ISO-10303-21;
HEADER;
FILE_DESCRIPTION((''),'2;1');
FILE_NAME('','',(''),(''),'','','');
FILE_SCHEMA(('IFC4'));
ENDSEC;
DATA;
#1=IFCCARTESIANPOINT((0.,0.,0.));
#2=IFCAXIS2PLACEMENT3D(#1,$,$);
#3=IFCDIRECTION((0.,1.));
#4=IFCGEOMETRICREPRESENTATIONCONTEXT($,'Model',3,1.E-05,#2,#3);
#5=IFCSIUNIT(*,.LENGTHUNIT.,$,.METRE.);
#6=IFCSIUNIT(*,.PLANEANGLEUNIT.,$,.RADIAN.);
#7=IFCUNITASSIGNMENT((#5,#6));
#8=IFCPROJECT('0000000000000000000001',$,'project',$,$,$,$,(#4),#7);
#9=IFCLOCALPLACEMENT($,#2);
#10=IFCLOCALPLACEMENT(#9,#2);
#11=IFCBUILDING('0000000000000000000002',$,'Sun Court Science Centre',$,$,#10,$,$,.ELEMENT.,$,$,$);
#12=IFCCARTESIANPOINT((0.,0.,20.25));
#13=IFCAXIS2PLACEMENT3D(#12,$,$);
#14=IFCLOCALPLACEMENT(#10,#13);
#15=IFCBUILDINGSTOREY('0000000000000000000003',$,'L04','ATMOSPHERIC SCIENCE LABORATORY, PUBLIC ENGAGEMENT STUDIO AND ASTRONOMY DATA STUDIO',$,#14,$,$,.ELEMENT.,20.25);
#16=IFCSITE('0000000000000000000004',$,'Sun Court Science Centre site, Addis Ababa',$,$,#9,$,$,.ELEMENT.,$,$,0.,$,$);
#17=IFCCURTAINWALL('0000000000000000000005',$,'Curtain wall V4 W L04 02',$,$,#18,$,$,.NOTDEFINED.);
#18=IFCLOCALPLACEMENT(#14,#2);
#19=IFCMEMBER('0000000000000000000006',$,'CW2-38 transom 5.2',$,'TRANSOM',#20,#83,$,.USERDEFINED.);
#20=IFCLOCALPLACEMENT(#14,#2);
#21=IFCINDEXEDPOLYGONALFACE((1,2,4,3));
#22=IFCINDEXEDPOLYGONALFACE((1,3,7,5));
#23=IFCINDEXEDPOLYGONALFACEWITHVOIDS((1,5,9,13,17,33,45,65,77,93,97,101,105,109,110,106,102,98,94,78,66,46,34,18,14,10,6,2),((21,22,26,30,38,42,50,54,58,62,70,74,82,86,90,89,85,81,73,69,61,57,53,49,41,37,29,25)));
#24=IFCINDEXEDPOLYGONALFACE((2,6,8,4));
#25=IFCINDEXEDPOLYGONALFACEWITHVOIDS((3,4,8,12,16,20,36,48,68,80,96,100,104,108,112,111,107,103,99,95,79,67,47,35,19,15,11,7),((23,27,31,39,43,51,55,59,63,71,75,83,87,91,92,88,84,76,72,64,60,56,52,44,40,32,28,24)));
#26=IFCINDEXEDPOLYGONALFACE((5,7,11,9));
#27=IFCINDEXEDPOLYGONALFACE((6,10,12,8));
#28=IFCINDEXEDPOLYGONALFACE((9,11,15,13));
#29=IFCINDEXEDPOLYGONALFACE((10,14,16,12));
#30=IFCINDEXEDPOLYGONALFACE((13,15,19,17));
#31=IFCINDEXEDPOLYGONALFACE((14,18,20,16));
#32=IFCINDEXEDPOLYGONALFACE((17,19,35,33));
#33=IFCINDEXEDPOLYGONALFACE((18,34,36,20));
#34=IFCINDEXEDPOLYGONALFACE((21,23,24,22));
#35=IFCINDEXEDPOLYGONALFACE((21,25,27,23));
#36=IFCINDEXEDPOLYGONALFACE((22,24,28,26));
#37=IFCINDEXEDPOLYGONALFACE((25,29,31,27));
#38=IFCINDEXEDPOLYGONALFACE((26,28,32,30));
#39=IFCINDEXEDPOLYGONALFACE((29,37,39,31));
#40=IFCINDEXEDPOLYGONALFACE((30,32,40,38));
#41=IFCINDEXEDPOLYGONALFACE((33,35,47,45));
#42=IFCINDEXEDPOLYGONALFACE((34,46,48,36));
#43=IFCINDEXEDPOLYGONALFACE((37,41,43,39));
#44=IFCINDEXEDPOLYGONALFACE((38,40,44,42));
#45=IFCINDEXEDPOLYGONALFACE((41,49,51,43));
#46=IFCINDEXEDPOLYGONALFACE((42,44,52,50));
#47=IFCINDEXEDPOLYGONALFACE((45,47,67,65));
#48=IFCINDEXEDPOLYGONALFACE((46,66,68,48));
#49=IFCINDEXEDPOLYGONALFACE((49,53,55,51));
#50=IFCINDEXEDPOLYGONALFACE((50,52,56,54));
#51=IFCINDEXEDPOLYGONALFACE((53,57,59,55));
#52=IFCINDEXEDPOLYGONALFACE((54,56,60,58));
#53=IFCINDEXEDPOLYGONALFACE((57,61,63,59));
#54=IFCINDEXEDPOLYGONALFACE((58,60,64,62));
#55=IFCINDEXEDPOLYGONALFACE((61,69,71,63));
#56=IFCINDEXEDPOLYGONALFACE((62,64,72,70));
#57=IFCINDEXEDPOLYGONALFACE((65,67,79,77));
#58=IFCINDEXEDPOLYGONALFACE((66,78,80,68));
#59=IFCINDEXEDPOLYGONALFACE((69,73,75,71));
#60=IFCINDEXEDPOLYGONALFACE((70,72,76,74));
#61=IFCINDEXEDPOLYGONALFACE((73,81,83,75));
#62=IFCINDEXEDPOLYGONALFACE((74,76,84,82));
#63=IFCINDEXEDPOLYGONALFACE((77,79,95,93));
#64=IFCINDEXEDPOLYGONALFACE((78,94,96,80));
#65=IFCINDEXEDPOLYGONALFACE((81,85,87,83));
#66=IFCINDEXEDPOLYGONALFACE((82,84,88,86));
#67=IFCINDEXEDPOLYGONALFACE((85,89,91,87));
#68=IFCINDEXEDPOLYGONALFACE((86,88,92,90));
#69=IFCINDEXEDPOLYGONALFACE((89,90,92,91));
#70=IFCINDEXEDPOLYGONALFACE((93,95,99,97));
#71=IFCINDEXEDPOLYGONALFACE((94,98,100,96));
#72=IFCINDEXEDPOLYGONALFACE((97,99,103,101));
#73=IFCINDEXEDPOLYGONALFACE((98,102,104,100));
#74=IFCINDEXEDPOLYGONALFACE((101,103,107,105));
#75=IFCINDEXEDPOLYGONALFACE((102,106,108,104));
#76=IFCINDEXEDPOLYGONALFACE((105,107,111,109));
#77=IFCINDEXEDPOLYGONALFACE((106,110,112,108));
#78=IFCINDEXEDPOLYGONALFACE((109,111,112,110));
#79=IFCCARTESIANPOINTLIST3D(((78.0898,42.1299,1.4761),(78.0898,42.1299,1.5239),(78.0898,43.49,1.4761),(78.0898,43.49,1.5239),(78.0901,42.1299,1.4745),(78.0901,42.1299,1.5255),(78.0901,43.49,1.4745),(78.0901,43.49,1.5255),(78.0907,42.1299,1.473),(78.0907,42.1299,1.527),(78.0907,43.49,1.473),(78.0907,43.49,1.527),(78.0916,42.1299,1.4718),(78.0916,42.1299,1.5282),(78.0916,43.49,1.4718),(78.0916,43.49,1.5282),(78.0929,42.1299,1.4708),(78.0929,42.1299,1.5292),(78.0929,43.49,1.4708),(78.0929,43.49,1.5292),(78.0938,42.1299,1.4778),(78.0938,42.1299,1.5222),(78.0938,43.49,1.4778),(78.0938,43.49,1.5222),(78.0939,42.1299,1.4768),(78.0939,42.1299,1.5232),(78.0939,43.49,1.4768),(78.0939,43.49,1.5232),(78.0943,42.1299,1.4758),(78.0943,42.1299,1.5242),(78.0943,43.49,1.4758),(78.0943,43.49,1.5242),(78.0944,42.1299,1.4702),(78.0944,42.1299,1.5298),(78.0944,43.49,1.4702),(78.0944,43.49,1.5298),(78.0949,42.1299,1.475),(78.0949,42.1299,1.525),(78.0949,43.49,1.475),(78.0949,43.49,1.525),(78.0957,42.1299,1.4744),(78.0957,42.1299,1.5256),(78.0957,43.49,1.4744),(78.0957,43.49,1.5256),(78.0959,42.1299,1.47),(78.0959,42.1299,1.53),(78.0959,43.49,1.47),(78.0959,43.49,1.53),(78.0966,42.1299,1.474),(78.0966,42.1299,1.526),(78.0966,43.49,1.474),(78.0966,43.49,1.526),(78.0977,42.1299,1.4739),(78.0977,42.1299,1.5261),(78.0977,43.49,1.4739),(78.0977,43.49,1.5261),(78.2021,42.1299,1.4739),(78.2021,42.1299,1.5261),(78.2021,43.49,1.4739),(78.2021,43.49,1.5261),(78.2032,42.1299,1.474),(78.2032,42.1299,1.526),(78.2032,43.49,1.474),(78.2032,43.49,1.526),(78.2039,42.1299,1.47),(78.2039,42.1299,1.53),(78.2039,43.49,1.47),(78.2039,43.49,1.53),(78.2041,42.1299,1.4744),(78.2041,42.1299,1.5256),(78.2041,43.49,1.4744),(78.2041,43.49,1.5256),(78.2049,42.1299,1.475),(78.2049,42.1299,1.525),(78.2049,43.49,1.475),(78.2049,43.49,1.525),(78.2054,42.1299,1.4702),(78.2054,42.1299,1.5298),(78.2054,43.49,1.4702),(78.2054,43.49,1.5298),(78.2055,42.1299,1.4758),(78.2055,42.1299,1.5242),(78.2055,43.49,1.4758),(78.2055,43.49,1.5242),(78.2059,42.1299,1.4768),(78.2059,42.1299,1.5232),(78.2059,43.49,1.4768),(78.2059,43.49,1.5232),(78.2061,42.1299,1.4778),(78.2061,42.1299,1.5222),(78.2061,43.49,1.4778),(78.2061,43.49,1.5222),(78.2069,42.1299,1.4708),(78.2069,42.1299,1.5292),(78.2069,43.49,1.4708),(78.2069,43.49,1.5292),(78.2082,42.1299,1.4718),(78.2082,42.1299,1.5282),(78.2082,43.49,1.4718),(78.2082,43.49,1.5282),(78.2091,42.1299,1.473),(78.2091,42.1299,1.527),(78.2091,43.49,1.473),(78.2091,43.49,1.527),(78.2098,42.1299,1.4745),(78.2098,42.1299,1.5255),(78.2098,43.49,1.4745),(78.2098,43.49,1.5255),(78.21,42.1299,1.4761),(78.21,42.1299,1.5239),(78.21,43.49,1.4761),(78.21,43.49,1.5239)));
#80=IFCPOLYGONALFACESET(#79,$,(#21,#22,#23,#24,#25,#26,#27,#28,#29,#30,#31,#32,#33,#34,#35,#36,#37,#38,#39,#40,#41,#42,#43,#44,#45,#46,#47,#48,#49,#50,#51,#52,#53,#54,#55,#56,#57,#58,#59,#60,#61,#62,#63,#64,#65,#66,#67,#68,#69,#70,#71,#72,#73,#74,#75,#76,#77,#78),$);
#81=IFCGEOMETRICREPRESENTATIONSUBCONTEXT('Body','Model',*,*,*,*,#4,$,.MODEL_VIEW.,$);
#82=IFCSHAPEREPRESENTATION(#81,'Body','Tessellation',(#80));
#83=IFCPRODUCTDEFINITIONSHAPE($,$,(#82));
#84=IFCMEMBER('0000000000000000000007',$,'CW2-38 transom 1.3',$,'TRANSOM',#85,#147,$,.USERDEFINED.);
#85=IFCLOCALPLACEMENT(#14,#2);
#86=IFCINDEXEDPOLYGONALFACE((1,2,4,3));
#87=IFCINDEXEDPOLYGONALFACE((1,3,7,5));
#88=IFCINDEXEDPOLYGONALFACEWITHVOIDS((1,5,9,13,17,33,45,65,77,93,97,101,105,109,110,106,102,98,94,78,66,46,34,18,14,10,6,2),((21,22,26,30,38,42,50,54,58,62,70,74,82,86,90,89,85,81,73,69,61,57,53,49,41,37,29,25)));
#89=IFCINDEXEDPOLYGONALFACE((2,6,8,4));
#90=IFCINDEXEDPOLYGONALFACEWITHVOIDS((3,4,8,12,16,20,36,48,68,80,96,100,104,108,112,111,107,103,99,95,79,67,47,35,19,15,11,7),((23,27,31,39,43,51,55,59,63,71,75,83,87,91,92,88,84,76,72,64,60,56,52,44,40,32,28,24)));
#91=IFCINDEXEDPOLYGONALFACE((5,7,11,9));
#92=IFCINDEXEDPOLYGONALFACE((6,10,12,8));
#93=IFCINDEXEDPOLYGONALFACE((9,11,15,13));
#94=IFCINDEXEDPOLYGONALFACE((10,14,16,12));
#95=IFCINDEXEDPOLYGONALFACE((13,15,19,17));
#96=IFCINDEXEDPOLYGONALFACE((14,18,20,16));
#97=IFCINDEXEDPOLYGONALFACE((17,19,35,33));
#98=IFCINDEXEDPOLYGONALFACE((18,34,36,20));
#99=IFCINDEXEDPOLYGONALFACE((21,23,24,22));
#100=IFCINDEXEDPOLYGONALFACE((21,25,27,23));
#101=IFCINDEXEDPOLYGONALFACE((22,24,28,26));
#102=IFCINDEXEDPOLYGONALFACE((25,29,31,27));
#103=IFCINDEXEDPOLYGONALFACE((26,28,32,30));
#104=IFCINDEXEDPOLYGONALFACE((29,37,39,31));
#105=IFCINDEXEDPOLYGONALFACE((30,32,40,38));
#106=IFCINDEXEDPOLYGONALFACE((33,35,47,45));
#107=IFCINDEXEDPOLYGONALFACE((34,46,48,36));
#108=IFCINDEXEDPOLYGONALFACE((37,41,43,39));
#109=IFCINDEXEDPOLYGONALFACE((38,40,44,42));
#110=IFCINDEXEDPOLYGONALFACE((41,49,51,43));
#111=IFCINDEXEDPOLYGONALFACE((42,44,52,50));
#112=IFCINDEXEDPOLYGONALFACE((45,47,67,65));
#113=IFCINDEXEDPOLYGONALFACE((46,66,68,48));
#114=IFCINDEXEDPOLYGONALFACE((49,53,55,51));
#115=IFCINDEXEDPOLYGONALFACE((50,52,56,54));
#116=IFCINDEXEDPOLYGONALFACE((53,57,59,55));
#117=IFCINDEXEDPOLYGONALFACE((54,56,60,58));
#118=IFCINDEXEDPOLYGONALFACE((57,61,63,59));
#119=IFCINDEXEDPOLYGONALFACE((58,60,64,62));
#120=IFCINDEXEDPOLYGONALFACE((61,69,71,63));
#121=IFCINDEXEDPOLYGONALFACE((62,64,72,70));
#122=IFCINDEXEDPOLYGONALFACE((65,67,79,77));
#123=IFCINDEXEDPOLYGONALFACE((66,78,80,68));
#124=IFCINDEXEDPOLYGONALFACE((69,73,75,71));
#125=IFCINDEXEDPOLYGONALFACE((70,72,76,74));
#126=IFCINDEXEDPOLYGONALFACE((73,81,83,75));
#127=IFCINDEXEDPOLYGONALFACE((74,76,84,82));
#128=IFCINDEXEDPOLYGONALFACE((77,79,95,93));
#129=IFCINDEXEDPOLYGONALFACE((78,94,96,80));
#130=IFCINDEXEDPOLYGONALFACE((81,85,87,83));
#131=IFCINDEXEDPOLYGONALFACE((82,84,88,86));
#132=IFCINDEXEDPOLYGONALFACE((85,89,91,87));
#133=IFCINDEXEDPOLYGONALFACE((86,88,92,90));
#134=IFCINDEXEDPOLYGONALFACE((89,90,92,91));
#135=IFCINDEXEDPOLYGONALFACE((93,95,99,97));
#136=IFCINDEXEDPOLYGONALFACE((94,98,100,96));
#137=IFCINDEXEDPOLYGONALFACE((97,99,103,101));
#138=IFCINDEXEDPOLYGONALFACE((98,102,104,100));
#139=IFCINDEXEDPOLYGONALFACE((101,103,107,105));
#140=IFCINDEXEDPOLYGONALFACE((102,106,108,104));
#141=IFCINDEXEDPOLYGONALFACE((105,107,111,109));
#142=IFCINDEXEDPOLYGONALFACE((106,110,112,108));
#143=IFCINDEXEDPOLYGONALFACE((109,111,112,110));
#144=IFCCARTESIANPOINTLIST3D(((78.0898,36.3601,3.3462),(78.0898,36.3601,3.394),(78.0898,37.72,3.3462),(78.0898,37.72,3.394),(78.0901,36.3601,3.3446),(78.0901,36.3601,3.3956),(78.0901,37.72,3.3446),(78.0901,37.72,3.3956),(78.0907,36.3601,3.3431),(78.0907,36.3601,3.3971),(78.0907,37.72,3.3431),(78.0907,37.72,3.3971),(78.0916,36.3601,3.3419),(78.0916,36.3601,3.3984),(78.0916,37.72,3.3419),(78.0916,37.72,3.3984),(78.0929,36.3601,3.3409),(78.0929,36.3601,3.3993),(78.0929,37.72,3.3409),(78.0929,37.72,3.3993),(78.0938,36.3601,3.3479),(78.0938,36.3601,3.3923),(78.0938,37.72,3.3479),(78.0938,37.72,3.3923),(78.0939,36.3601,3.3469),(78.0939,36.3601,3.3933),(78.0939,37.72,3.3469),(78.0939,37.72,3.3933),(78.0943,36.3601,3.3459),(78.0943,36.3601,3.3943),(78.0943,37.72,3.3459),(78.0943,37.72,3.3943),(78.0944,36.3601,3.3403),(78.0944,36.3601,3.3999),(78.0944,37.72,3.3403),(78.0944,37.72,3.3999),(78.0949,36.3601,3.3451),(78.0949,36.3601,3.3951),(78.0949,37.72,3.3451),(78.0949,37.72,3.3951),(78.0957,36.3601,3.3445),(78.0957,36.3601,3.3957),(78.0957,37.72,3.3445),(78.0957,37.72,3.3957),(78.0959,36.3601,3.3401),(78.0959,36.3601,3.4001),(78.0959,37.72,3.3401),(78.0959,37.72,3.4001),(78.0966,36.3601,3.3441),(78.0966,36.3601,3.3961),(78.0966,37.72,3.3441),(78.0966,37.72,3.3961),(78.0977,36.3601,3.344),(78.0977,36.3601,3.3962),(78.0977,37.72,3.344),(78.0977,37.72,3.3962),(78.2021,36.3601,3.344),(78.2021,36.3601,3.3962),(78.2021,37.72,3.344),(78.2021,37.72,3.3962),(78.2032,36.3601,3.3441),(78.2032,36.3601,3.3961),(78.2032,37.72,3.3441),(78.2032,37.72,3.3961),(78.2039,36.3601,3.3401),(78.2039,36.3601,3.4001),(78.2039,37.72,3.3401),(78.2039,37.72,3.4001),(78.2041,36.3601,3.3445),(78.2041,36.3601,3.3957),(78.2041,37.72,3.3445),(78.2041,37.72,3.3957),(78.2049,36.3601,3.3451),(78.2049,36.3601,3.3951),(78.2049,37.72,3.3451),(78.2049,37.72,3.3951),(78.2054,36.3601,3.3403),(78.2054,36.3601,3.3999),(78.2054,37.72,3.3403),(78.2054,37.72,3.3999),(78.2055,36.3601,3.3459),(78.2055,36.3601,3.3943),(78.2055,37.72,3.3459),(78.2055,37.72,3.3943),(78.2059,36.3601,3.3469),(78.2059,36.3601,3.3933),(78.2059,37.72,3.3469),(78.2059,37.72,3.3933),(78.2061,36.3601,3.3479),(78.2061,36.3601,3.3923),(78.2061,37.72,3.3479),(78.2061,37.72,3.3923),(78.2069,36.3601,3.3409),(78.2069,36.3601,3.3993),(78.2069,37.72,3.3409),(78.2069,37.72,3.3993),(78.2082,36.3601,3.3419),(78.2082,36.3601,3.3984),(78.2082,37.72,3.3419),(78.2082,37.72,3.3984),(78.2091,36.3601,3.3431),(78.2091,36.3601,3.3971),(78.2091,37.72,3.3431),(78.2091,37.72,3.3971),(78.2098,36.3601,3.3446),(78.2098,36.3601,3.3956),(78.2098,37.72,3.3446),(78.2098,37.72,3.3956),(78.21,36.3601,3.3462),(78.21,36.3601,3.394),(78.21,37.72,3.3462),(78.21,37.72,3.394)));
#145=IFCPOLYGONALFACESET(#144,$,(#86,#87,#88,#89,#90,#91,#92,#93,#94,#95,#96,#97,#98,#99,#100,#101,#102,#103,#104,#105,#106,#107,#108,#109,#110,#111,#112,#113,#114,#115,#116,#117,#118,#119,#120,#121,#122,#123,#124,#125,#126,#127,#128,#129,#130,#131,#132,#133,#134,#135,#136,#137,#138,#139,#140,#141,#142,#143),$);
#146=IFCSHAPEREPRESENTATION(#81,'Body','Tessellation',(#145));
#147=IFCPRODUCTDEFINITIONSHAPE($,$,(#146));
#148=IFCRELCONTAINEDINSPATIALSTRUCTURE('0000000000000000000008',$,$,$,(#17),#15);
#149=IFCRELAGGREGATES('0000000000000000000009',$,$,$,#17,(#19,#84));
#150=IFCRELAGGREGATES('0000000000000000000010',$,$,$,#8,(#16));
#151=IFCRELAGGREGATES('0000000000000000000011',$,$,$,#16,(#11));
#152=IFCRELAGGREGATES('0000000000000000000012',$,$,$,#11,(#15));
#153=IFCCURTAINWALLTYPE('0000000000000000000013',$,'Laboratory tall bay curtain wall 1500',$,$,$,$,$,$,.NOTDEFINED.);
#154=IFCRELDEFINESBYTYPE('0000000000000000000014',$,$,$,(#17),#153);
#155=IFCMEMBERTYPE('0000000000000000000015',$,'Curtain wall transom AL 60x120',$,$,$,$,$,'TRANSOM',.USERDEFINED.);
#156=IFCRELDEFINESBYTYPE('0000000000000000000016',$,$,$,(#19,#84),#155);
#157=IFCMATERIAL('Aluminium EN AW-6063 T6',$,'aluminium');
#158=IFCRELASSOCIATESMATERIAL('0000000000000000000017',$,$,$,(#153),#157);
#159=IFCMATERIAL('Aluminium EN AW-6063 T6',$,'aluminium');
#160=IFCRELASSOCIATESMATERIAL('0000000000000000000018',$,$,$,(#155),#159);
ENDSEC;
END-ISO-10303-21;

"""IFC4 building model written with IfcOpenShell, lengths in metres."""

from ifc_helpers import new_model, si_unit, direction, frame, origin, origin_2d, place, context, subcontext, project, spatial, hollow_rectangle, extrude, material, material_profile, profile_set, type_object, element, aggregate, save


model = new_model("IFC4")

# Units and contexts
model_context = context("Model", 3, precision=1e-05, world=origin(), true_north=direction((0.0, 1.0)))
body_context = subcontext(model_context, "Body", "Model", "MODEL_VIEW")
ifc_project = project(units=[si_unit("LENGTHUNIT", "METRE"), si_unit("PLANEANGLEUNIT", "RADIAN")], contexts=[model_context])

# Site, building, storey
site_placement = place(None, origin())
site = spatial("IfcSite", under=ifc_project, at=site_placement, Name="Sun Court Science Centre site, Addis Ababa", CompositionType="ELEMENT", RefElevation=0.0)
building_placement = place(site_placement, origin())
building = spatial("IfcBuilding", under=site, at=building_placement, Name="Sun Court Science Centre", CompositionType="ELEMENT")
storey_placement = place(building_placement, frame((0.0, 0.0, 20.25)))
storey = spatial("IfcBuildingStorey", under=building, at=storey_placement, Name="L04", Description="ATMOSPHERIC SCIENCE LABORATORY, PUBLIC ENGAGEMENT STUDIO AND ASTRONOMY DATA STUDIO", CompositionType="ELEMENT", Elevation=20.25)

# Shared definitions
ifc_material_1 = material(Name="Aluminium EN AW-6063 T6", Category="aluminium")
curtain_wall_type = type_object("IfcCurtainWallType", Name="Laboratory tall bay curtain wall 1500", PredefinedType="NOTDEFINED", material=ifc_material_1)

# Curtain wall
curtain_wall_1_placement = place(storey_placement, origin())
curtain_wall_1 = element("IfcCurtainWall", 1, at=curtain_wall_1_placement, inside=storey, type_object=curtain_wall_type, Name="Curtain wall V4 W L04 02", PredefinedType="NOTDEFINED")

# Members
ifc_material_2 = material(Name="Aluminium EN AW-6063 T6", Category="aluminium")
ifc_material_profile_1 = material_profile(ifc_material_2, hollow_rectangle(XDim=0.0601, YDim=0.1201, WallThickness=0.0039, InnerFilletRadius=0.0039, OuterFilletRadius=0.0061, at=origin_2d()), Name="AL 60x120x4")
ifc_profile_set_1 = profile_set([ifc_material_profile_1], Name="Aluminium EN AW-6063 T6")
member_type_1 = type_object("IfcMemberType", Name="Curtain wall transom AL 60x120", ElementType="TRANSOM", PredefinedType="USERDEFINED", material=ifc_profile_set_1)
member_1_placement = place(storey_placement, frame((78.1499, 42.1299, 1.5), z_axis=(0.0, 1.0, 0.0), x_axis=(0.0, 0.0, 1.0)))
member_1 = element("IfcMember", 2, at=member_1_placement, type_object=member_type_1, Name="CW2-38 transom 5.2", ObjectType="TRANSOM", PredefinedType="USERDEFINED", context=body_context, shape_type="SweptSolid", body=[
    extrude(hollow_rectangle(XDim=0.0601, YDim=0.1201, WallThickness=0.0039, InnerFilletRadius=0.0039, OuterFilletRadius=0.0061, at=origin_2d()), origin(), (0.0, 0.0, 1.0), 1.3601),
])
member_2_placement = place(storey_placement, frame((78.1499, 36.3601, 3.3701), z_axis=(0.0, 1.0, 0.0), x_axis=(0.0, 0.0, 1.0)))
member_2 = element("IfcMember", 3, at=member_2_placement, type_object=member_type_1, Name="CW2-38 transom 1.3", ObjectType="TRANSOM", PredefinedType="USERDEFINED", context=body_context, shape_type="SweptSolid", body=[
    extrude(hollow_rectangle(XDim=0.0601, YDim=0.1201, WallThickness=0.0039, InnerFilletRadius=0.0039, OuterFilletRadius=0.0061, at=origin_2d()), origin(), (0.0, 0.0, 1.0), 1.3599),
])

aggregate(curtain_wall_1, [member_1, member_2])

save(model, "model.ifc")
